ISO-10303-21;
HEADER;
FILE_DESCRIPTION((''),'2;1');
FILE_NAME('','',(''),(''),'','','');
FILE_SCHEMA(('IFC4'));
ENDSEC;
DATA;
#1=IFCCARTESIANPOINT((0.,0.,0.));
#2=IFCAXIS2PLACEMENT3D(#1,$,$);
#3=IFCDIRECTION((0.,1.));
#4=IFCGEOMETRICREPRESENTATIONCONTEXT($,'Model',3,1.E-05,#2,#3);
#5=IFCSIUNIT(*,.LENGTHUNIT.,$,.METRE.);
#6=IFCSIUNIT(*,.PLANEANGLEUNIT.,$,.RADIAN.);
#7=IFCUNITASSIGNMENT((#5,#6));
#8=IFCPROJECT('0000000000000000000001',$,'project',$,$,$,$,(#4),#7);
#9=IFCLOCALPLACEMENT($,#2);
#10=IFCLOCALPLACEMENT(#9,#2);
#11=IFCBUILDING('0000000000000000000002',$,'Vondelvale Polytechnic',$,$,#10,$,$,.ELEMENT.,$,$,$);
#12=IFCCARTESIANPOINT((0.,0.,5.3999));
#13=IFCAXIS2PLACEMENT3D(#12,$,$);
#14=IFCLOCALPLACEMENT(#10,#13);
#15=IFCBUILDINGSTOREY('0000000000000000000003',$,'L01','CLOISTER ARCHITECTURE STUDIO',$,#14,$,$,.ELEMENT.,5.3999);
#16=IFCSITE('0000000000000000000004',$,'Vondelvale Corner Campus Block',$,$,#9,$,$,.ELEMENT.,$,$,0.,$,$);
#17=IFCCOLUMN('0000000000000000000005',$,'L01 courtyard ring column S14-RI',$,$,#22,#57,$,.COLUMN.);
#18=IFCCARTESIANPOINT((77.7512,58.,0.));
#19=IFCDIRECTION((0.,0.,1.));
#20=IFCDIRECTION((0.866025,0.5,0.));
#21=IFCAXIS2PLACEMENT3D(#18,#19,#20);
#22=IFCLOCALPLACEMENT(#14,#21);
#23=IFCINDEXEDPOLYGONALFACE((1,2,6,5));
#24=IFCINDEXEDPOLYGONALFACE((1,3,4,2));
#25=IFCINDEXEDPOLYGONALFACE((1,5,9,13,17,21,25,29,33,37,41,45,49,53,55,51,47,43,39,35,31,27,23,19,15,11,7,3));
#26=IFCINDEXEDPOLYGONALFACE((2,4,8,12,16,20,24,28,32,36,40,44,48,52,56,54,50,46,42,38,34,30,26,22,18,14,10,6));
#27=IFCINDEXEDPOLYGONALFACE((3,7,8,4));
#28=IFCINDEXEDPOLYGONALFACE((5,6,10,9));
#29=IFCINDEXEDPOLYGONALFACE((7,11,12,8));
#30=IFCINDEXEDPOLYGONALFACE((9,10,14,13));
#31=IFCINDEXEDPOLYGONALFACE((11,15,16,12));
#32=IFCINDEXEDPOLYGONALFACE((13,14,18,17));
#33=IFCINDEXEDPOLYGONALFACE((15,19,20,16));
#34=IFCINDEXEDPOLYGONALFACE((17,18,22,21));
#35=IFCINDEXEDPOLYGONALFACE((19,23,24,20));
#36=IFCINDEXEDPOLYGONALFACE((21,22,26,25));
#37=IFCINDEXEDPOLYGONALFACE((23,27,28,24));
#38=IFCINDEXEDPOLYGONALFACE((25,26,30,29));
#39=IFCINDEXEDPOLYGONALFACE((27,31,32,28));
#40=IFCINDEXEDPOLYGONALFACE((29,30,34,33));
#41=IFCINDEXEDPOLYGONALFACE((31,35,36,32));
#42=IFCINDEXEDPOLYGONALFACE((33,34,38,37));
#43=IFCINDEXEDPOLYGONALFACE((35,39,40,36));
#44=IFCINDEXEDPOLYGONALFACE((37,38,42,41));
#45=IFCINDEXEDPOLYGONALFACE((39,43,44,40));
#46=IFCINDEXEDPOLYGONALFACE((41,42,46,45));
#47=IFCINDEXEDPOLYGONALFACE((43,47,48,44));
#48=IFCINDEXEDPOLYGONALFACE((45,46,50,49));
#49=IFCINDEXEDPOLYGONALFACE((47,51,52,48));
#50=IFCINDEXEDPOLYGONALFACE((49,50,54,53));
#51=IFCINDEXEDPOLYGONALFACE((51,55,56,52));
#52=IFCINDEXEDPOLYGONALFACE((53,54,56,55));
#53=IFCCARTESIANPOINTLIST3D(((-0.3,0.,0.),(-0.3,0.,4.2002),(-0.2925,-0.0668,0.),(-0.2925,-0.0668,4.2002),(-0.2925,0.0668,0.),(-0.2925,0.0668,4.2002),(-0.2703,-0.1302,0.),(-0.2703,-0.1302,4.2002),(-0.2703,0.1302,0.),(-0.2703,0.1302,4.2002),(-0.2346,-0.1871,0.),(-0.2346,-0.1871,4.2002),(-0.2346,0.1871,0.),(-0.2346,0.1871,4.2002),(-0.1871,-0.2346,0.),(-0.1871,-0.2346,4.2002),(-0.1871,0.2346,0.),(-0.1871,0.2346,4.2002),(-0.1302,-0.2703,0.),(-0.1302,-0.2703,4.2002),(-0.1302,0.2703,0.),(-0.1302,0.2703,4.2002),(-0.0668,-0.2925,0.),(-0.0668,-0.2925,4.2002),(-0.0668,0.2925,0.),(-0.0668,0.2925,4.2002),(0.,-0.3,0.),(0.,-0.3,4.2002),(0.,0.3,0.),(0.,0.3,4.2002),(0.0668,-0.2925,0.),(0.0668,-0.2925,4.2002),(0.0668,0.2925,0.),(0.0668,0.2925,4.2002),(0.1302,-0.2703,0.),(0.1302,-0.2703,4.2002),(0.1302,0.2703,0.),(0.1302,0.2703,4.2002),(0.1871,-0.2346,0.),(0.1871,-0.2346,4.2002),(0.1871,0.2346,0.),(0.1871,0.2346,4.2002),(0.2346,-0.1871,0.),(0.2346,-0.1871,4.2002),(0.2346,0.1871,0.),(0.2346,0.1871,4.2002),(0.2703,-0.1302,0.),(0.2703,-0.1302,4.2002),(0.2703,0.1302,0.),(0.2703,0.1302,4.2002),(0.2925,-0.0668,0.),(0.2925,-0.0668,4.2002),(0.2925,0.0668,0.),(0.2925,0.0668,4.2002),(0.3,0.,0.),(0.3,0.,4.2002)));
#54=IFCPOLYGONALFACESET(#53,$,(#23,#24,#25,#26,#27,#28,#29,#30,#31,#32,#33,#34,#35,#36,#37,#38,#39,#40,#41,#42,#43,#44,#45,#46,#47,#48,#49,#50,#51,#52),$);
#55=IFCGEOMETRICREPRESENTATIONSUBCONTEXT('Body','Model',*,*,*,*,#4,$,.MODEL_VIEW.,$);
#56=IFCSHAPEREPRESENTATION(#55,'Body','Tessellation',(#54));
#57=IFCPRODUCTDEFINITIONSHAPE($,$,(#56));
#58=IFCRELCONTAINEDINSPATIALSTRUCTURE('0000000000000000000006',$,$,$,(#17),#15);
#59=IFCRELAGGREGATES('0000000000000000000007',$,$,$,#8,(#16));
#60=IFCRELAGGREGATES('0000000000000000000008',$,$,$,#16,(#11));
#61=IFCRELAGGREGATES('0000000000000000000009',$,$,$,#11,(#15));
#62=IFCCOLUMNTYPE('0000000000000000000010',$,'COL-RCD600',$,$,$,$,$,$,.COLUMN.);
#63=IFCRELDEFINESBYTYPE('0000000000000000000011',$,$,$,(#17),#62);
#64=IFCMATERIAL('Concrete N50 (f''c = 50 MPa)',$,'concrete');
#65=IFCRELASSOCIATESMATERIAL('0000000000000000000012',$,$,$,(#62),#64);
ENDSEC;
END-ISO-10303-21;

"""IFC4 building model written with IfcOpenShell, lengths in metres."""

from ifc_helpers import new_model, si_unit, direction, frame, origin, origin_2d, place, context, subcontext, project, spatial, circle, extrude, material, material_profile, profile_set, type_object, element, save


model = new_model("IFC4")

# Units and contexts
model_context = context("Model", 3, precision=1e-05, world=origin(), true_north=direction((0.0, 1.0)))
body_context = subcontext(model_context, "Body", "Model", "MODEL_VIEW")
ifc_project = project(units=[si_unit("LENGTHUNIT", "METRE"), si_unit("PLANEANGLEUNIT", "RADIAN")], contexts=[model_context])

# Site, building, storey
site_placement = place(None, origin())
site = spatial("IfcSite", under=ifc_project, at=site_placement, Name="Vondelvale Corner Campus Block", CompositionType="ELEMENT", RefElevation=0.0)
building_placement = place(site_placement, origin())
building = spatial("IfcBuilding", under=site, at=building_placement, Name="Vondelvale Polytechnic", CompositionType="ELEMENT")
storey_placement = place(building_placement, frame((0.0, 0.0, 5.3999)))
storey = spatial("IfcBuildingStorey", under=building, at=storey_placement, Name="L01", Description="CLOISTER ARCHITECTURE STUDIO", CompositionType="ELEMENT", Elevation=5.3999)

# Column
ifc_material_1 = material(Name="Concrete N50 (f'c = 50 MPa)", Category="concrete")
ifc_material_profile_1 = material_profile(ifc_material_1, circle(Radius=0.3, at=origin_2d()), Name="RC-COL-D600")
ifc_profile_set_1 = profile_set([ifc_material_profile_1], Name="Concrete N50 (f'c = 50 MPa)")
column_type_1 = type_object("IfcColumnType", Name="COL-RCD600", PredefinedType="COLUMN", material=ifc_profile_set_1)
column_1_placement = place(storey_placement, frame((77.7512, 58.0, 0.0), z_axis=(0.0, 0.0, 1.0), x_axis=(0.866025, 0.5, 0.0)))
element("IfcColumn", 1, at=column_1_placement, inside=storey, type_object=column_type_1, Name="L01 courtyard ring column S14-RI", PredefinedType="COLUMN", context=body_context, shape_type="SweptSolid", body=[
    extrude(circle(Radius=0.3, at=origin_2d()), origin(), (0.0, 0.0, 1.0), 4.2002),
])

save(model, "model.ifc")
